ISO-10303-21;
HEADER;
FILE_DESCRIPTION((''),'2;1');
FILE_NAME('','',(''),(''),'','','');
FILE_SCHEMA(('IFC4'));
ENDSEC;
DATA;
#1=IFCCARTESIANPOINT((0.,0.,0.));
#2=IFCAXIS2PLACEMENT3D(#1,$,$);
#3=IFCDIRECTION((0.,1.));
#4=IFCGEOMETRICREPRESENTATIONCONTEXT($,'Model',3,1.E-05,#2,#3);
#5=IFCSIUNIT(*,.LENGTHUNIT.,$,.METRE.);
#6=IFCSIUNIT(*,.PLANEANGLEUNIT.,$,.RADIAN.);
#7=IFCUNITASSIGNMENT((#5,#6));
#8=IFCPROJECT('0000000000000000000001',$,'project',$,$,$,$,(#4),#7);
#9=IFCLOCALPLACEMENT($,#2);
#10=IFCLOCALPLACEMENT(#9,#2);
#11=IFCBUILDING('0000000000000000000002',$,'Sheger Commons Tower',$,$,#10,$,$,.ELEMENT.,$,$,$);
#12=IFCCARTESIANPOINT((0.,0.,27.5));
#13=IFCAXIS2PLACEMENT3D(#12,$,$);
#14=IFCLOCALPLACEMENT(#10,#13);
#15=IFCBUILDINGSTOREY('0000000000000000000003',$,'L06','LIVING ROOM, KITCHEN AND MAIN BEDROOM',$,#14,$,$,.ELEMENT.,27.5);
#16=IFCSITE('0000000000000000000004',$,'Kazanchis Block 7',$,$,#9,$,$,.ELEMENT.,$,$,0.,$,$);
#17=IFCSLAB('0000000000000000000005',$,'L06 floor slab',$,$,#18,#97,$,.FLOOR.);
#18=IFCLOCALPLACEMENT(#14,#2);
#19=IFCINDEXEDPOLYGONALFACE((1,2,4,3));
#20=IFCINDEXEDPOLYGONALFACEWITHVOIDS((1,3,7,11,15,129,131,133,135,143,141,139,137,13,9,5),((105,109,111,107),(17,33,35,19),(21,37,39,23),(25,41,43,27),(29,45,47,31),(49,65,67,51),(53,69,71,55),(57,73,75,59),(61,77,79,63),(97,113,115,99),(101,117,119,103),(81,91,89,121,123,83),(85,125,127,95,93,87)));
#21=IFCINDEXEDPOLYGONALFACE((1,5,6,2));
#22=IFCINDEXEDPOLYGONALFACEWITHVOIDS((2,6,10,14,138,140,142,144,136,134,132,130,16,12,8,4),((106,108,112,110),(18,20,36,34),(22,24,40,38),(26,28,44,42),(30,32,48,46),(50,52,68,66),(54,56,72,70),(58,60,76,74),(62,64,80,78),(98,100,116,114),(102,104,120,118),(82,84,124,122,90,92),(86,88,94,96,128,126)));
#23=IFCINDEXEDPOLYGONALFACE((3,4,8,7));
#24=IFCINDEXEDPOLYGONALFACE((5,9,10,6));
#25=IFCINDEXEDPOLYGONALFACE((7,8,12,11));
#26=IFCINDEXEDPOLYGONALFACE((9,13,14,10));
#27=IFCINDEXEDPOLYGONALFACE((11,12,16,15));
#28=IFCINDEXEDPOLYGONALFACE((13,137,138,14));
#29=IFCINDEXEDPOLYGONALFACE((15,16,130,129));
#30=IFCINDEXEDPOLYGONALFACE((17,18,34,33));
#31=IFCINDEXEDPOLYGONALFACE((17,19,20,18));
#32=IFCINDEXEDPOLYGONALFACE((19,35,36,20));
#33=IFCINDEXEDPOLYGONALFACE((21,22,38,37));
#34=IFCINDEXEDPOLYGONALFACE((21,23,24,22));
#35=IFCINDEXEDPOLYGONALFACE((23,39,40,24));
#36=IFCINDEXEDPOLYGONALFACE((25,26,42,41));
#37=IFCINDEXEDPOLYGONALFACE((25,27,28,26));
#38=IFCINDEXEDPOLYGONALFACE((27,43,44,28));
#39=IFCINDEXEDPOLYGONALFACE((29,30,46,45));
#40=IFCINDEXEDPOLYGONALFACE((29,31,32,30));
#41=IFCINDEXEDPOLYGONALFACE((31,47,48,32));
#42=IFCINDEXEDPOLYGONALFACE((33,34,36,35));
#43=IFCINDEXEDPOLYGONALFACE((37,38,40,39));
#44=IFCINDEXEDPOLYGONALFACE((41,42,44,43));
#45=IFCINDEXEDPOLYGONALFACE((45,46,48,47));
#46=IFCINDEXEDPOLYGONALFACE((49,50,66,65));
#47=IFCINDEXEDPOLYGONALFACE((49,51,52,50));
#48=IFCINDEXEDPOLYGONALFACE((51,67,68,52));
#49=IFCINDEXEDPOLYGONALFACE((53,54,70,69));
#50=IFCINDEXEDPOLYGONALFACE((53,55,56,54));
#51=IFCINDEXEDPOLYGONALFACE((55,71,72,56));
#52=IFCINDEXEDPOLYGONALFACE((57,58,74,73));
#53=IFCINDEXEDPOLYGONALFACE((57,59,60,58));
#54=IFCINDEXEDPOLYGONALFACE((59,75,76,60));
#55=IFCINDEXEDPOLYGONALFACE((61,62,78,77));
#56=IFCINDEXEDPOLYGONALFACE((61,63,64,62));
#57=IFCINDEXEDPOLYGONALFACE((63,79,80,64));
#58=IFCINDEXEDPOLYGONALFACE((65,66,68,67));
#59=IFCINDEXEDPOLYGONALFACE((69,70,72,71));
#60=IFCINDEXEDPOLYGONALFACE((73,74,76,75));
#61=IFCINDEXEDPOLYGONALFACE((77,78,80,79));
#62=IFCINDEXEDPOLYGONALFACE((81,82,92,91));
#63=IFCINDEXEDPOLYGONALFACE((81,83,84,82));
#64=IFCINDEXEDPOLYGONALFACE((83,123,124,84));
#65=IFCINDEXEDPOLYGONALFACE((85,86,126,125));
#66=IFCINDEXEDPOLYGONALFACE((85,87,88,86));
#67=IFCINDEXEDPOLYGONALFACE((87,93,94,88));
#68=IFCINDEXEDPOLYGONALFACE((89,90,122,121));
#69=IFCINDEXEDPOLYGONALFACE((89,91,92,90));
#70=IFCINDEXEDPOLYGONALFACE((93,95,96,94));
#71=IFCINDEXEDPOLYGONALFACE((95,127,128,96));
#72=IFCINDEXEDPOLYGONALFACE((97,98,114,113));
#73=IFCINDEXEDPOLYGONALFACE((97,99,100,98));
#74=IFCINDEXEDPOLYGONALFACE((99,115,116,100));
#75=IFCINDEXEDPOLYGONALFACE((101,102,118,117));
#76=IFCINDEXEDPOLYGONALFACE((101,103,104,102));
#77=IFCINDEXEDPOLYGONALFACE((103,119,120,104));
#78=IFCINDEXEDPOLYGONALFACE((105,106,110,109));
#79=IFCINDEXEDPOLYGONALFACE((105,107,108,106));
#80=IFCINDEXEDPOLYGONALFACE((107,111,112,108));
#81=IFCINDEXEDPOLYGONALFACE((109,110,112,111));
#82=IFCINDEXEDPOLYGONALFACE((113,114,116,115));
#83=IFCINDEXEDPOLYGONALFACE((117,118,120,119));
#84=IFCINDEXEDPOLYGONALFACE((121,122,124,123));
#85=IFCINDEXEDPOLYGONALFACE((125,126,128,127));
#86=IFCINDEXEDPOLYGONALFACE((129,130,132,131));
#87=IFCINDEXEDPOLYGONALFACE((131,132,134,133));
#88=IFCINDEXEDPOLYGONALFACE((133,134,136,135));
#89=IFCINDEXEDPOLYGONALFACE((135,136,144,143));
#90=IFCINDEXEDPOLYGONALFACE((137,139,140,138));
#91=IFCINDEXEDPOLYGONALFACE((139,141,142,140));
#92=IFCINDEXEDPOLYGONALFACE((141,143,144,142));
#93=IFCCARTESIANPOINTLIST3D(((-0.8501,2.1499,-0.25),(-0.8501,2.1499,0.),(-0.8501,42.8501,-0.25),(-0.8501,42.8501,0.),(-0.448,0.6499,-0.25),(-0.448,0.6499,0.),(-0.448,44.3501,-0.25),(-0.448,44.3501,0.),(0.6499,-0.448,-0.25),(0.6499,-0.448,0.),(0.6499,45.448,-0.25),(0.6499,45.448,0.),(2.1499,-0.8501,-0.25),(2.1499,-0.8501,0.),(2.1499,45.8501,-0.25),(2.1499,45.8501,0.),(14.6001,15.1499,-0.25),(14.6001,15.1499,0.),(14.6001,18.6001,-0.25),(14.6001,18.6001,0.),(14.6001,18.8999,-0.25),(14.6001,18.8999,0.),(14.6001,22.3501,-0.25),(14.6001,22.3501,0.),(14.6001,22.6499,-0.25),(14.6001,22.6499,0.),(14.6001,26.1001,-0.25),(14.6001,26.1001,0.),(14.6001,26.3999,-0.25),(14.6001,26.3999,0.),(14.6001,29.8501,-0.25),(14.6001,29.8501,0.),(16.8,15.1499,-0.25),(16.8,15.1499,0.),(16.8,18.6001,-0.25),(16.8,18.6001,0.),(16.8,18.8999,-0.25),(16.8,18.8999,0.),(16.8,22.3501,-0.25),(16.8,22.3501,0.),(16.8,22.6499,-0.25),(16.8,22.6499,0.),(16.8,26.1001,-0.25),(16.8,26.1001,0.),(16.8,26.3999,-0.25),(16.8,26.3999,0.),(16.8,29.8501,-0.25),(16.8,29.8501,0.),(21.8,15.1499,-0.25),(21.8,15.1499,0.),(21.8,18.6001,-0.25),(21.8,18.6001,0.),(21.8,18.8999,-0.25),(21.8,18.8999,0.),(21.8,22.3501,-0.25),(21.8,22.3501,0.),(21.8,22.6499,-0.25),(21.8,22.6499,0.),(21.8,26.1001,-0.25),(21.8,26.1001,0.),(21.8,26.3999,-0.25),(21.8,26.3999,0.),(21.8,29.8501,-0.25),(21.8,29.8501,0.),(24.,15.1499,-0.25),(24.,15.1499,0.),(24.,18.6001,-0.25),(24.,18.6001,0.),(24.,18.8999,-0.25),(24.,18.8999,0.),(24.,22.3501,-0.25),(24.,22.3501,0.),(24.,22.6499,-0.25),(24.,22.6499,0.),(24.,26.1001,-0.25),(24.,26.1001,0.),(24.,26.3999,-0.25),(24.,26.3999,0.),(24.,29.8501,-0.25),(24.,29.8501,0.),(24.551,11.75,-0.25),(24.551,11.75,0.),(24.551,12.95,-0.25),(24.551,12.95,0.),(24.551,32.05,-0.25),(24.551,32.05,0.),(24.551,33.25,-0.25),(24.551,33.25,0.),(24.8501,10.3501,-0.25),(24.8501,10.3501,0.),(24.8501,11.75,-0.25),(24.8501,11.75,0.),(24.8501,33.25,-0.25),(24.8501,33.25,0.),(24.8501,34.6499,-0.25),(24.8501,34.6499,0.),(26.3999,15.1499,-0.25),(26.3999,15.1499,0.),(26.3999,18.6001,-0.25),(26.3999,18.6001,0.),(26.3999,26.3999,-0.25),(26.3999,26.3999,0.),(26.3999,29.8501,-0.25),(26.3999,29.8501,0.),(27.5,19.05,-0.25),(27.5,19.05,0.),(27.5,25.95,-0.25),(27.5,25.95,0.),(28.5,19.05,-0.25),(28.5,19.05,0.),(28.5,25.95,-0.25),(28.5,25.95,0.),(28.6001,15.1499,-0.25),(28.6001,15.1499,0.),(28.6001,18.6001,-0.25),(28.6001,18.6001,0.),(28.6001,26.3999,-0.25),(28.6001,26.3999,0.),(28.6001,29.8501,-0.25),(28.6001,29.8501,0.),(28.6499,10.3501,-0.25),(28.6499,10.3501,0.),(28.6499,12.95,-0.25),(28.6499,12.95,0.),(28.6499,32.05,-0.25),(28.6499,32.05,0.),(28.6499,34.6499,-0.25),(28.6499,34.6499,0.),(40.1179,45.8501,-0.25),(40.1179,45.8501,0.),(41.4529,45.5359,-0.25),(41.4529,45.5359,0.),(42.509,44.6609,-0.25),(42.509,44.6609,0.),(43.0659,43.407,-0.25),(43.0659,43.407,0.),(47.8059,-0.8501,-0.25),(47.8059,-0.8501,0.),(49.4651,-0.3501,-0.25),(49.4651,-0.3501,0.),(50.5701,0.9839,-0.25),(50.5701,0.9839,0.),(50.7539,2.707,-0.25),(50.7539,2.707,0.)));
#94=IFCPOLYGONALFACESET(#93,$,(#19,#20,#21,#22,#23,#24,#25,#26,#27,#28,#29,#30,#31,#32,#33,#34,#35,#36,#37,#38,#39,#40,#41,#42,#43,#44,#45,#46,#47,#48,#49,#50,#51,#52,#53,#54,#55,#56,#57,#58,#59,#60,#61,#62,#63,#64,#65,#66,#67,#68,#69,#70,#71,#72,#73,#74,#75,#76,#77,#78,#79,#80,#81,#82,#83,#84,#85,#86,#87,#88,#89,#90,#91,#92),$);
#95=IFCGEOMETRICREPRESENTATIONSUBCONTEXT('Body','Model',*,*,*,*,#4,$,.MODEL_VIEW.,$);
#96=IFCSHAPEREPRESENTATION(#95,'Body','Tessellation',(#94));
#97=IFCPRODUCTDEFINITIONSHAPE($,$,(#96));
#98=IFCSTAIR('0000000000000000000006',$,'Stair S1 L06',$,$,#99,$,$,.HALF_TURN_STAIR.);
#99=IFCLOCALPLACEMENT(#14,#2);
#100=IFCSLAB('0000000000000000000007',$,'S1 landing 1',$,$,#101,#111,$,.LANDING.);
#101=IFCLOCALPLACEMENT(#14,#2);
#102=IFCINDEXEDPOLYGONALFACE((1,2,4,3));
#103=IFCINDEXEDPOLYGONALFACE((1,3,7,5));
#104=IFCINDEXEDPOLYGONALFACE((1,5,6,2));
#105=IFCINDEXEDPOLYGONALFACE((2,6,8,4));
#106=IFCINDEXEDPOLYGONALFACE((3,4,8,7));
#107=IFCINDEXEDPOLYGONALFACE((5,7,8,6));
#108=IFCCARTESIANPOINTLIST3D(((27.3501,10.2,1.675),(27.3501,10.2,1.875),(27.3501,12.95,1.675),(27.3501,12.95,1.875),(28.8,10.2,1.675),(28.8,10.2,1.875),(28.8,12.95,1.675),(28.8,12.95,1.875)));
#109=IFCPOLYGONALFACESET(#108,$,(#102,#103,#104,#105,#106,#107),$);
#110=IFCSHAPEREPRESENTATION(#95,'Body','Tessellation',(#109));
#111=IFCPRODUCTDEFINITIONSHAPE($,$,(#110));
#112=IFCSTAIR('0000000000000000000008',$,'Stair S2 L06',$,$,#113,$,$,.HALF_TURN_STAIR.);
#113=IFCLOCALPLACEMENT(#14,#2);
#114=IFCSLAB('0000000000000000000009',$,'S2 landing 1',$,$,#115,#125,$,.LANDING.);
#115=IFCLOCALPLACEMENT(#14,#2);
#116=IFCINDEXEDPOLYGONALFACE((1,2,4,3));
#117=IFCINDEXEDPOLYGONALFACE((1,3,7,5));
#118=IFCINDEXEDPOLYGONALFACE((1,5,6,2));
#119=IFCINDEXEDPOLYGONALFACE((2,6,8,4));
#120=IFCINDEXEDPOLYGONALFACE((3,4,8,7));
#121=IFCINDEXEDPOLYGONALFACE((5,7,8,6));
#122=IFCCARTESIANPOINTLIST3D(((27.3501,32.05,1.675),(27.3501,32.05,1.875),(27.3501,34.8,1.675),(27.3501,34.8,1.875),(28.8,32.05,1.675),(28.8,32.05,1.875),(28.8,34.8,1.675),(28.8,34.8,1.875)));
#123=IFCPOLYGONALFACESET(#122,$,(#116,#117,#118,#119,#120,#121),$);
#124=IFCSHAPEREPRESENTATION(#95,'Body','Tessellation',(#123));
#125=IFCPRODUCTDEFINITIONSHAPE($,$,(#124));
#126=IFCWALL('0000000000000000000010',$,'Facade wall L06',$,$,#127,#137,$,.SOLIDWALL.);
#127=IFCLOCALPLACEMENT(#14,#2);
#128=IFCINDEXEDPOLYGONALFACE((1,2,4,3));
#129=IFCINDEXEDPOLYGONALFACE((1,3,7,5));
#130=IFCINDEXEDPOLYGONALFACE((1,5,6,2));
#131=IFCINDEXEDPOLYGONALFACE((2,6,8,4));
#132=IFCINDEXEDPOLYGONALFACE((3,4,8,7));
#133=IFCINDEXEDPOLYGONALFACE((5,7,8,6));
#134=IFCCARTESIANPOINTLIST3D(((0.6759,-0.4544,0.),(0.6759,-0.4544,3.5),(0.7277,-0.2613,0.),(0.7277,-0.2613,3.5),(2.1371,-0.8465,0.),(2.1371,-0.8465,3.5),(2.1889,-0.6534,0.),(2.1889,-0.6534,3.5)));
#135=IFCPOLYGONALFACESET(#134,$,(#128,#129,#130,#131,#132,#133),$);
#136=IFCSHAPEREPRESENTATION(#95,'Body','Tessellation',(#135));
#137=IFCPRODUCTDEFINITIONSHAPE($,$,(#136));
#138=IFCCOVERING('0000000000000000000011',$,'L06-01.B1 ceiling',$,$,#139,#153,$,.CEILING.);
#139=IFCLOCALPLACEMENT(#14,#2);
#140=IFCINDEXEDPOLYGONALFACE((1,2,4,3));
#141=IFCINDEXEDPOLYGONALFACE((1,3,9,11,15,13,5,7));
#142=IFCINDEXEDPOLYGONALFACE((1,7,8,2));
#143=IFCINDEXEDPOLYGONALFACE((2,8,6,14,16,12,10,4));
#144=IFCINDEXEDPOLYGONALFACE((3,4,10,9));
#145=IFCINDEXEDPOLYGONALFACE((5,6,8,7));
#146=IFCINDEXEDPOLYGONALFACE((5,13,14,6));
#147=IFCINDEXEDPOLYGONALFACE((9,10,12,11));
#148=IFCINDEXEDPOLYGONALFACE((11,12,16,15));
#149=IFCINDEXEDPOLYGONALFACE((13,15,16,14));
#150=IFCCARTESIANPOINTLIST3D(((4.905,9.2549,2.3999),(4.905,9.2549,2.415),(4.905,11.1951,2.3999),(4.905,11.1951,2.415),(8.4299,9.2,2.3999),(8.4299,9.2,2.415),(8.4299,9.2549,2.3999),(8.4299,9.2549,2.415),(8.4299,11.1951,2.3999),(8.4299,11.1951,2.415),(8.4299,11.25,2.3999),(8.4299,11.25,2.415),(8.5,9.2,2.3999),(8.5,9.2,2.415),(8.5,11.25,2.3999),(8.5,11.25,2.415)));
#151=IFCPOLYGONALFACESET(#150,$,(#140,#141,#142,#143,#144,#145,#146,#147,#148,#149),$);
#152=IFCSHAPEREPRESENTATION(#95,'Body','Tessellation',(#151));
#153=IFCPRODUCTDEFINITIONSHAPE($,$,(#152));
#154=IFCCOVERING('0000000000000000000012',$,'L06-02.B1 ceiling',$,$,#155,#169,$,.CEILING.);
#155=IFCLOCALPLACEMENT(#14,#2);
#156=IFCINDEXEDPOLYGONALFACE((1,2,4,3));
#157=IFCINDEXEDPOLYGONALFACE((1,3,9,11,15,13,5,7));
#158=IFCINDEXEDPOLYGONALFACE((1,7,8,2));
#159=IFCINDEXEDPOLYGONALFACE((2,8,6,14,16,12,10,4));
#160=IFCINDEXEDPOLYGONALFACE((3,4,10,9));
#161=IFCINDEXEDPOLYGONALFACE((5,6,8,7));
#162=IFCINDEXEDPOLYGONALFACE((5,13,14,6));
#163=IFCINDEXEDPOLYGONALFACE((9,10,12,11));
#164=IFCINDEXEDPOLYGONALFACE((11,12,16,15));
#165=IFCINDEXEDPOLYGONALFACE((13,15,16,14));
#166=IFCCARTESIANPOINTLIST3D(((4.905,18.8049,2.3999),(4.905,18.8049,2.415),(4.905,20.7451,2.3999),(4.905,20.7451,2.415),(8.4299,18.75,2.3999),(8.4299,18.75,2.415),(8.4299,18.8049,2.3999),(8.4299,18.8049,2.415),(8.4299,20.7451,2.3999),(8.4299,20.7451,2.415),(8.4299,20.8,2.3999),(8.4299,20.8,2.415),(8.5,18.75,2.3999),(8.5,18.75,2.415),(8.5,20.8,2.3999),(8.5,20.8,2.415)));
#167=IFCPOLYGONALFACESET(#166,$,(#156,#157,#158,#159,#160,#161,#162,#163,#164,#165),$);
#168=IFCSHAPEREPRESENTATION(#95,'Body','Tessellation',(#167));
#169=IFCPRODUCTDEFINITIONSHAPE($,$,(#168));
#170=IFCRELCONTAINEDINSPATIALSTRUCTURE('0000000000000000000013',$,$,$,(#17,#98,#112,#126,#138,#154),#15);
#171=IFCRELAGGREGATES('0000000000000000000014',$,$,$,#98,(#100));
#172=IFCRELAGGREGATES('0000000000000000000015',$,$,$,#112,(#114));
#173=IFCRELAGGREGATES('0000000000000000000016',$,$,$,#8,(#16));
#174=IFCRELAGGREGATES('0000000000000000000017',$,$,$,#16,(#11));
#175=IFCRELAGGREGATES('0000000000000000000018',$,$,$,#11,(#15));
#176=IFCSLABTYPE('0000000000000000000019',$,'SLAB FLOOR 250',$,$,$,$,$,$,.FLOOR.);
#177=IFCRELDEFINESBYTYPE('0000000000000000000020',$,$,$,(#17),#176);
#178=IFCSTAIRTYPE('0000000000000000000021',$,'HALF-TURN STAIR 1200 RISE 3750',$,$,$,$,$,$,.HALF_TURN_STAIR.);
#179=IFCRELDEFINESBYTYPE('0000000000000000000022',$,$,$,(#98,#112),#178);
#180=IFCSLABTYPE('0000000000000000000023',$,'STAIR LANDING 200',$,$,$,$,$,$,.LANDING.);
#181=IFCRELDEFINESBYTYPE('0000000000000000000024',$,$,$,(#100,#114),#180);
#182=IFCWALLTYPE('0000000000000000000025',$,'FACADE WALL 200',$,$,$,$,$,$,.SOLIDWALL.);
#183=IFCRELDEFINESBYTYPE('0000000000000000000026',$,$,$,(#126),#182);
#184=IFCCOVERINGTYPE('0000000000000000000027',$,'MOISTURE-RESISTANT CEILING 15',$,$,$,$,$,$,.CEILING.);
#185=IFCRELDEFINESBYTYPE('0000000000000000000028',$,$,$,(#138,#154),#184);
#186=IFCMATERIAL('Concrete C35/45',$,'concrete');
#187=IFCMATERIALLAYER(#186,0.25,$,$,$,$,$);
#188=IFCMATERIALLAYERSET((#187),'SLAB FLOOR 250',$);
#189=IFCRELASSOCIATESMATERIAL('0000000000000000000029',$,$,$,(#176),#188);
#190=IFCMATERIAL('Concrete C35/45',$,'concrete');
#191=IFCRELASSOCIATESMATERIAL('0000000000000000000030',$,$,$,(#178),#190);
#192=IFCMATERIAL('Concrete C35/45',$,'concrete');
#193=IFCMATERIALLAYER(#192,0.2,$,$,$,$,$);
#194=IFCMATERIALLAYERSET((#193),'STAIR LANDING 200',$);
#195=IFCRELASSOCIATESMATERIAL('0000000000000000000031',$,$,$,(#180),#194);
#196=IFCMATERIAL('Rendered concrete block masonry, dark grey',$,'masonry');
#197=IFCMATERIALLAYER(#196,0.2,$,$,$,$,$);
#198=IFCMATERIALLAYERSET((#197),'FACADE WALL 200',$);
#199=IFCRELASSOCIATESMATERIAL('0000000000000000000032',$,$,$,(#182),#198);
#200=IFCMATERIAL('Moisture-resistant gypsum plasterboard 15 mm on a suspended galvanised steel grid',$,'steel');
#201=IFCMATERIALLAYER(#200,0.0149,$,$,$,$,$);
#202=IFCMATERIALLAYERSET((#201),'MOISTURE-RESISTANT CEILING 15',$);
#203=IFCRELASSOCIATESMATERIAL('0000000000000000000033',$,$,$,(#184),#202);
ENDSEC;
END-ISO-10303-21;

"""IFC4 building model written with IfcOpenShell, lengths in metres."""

from ifc_helpers import new_model, si_unit, direction, frame, frame_2d, origin, place, context, subcontext, project, spatial, polyline, rectangle, outline, extrude, material, layer, layer_set, type_object, element, aggregate, save


model = new_model("IFC4")

# Units and contexts
model_context = context("Model", 3, precision=1e-05, world=origin(), true_north=direction((0.0, 1.0)))
body_context = subcontext(model_context, "Body", "Model", "MODEL_VIEW")
ifc_project = project(units=[si_unit("LENGTHUNIT", "METRE"), si_unit("PLANEANGLEUNIT", "RADIAN")], contexts=[model_context])

# Site, building, storey
site_placement = place(None, origin())
site = spatial("IfcSite", under=ifc_project, at=site_placement, Name="Kazanchis Block 7", CompositionType="ELEMENT", RefElevation=0.0)
building_placement = place(site_placement, origin())
building = spatial("IfcBuilding", under=site, at=building_placement, Name="Sheger Commons Tower", CompositionType="ELEMENT")
storey_placement = place(building_placement, frame((0.0, 0.0, 27.5)))
storey = spatial("IfcBuildingStorey", under=building, at=storey_placement, Name="L06", Description="LIVING ROOM, KITCHEN AND MAIN BEDROOM", CompositionType="ELEMENT", Elevation=27.5)

# Slab
ifc_material_1 = material(Name="Concrete C35/45", Category="concrete")
ifc_layer_1 = layer(ifc_material_1, 0.25)
ifc_layer_set_1 = layer_set([ifc_layer_1], Name="SLAB FLOOR 250")
slab_type_1 = type_object("IfcSlabType", Name="SLAB FLOOR 250", PredefinedType="FLOOR", material=ifc_layer_set_1)
slab_1_placement = place(storey_placement, frame((0.0, 0.0, -0.25)))
element("IfcSlab", 1, at=slab_1_placement, inside=storey, type_object=slab_type_1, Name="L06 floor slab", PredefinedType="FLOOR", context=body_context, shape_type="SweptSolid", body=[
    extrude(outline(polyline([(-0.8501, 2.1499), (-0.448, 0.6499), (0.6499, -0.448), (2.1499, -0.8501), (47.8059, -0.8501), (49.4651, -0.3501), (50.5701, 0.9839), (50.7539, 2.707), (43.0659, 43.407), (42.509, 44.6609), (41.4529, 45.5359), (40.1179, 45.8501), (2.1499, 45.8501), (0.6499, 45.448), (-0.448, 44.3501), (-0.8501, 42.8501), (-0.8501, 2.1499)]), holes=[polyline([(24.8501, 10.3501), (28.6499, 10.3501), (28.6499, 12.95), (24.551, 12.95), (24.551, 11.75), (24.8501, 11.75), (24.8501, 10.3501)]), polyline([(24.551, 32.05), (28.6499, 32.05), (28.6499, 34.6499), (24.8501, 34.6499), (24.8501, 33.25), (24.551, 33.25), (24.551, 32.05)]), polyline([(26.3999, 15.1499), (28.6001, 15.1499), (28.6001, 18.6001), (26.3999, 18.6001), (26.3999, 15.1499)]), polyline([(26.3999, 26.3999), (28.6001, 26.3999), (28.6001, 29.8501), (26.3999, 29.8501), (26.3999, 26.3999)]), polyline([(14.6001, 15.1499), (16.8, 15.1499), (16.8, 18.6001), (14.6001, 18.6001), (14.6001, 15.1499)]), polyline([(14.6001, 18.8999), (16.8, 18.8999), (16.8, 22.3501), (14.6001, 22.3501), (14.6001, 18.8999)]), polyline([(14.6001, 22.6499), (16.8, 22.6499), (16.8, 26.1001), (14.6001, 26.1001), (14.6001, 22.6499)]), polyline([(14.6001, 26.3999), (16.8, 26.3999), (16.8, 29.8501), (14.6001, 29.8501), (14.6001, 26.3999)]), polyline([(21.8, 15.1499), (24.0, 15.1499), (24.0, 18.6001), (21.8, 18.6001), (21.8, 15.1499)]), polyline([(21.8, 18.8999), (24.0, 18.8999), (24.0, 22.3501), (21.8, 22.3501), (21.8, 18.8999)]), polyline([(21.8, 22.6499), (24.0, 22.6499), (24.0, 26.1001), (21.8, 26.1001), (21.8, 22.6499)]), polyline([(21.8, 26.3999), (24.0, 26.3999), (24.0, 29.8501), (21.8, 29.8501), (21.8, 26.3999)]), polyline([(27.5, 19.05), (28.5, 19.05), (28.5, 25.95), (27.5, 25.95), (27.5, 19.05)])]), origin(), (0.0, 0.0, 1.0), 0.25),
])

# Stairs, slabs
ifc_material_2 = material(Name="Concrete C35/45", Category="concrete")
stair_type = type_object("IfcStairType", Name="HALF-TURN STAIR 1200 RISE 3750", PredefinedType="HALF_TURN_STAIR", material=ifc_material_2)
stair_1_placement = place(storey_placement, origin())
stair_1 = element("IfcStair", 2, at=stair_1_placement, inside=storey, type_object=stair_type, Name="Stair S1 L06", PredefinedType="HALF_TURN_STAIR")
ifc_material_3 = material(Name="Concrete C35/45", Category="concrete")
ifc_layer_2 = layer(ifc_material_3, 0.2)
ifc_layer_set_2 = layer_set([ifc_layer_2], Name="STAIR LANDING 200")
slab_type_2 = type_object("IfcSlabType", Name="STAIR LANDING 200", PredefinedType="LANDING", material=ifc_layer_set_2)
slab_2_placement = place(storey_placement, frame((0.0, 0.0, 1.675)))
slab_2 = element("IfcSlab", 3, at=slab_2_placement, type_object=slab_type_2, Name="S1 landing 1", PredefinedType="LANDING", context=body_context, shape_type="SweptSolid", body=[
    extrude(outline(polyline([(27.3501, 10.2), (28.8, 10.2), (28.8, 12.95), (27.3501, 12.95), (27.3501, 10.2)])), origin(), (0.0, 0.0, 1.0), 0.2),
])
aggregate(stair_1, [slab_2])
stair_2_placement = place(storey_placement, origin())
stair_2 = element("IfcStair", 4, at=stair_2_placement, inside=storey, type_object=stair_type, Name="Stair S2 L06", PredefinedType="HALF_TURN_STAIR")
slab_3_placement = place(storey_placement, frame((0.0, 0.0, 1.675)))
slab_3 = element("IfcSlab", 5, at=slab_3_placement, type_object=slab_type_2, Name="S2 landing 1", PredefinedType="LANDING", context=body_context, shape_type="SweptSolid", body=[
    extrude(outline(polyline([(27.3501, 32.05), (28.8, 32.05), (28.8, 34.8), (27.3501, 34.8), (27.3501, 32.05)])), origin(), (0.0, 0.0, 1.0), 0.2),
])
aggregate(stair_2, [slab_3])

# Wall
ifc_material_4 = material(Name="Rendered concrete block masonry, dark grey", Category="masonry")
ifc_layer_3 = layer(ifc_material_4, 0.2)
ifc_layer_set_3 = layer_set([ifc_layer_3], Name="FACADE WALL 200")
wall_type = type_object("IfcWallType", Name="FACADE WALL 200", PredefinedType="SOLIDWALL", material=ifc_layer_set_3)
wall_placement = place(storey_placement, frame((0.7019, -0.3579, 0.0), z_axis=(0.0, 0.0, 1.0), x_axis=(0.965832, -0.259169, 0.0)))
element("IfcWall", 6, at=wall_placement, inside=storey, type_object=wall_type, Name="Facade wall L06", PredefinedType="SOLIDWALL", context=body_context, shape_type="SweptSolid", body=[
    extrude(rectangle(XDim=1.5129, YDim=0.2, at=frame_2d((0.7563, 0.0))), origin(), (0.0, 0.0, 1.0), 3.5),
])

# Coverings
ifc_material_5 = material(Name="Moisture-resistant gypsum plasterboard 15 mm on a suspended galvanised steel grid", Category="steel")
ifc_layer_4 = layer(ifc_material_5, 0.0149)
ifc_layer_set_4 = layer_set([ifc_layer_4], Name="MOISTURE-RESISTANT CEILING 15")
covering_type_1 = type_object("IfcCoveringType", Name="MOISTURE-RESISTANT CEILING 15", PredefinedType="CEILING", material=ifc_layer_set_4)
covering_1_placement = place(storey_placement, frame((0.0, 0.0, 2.3999)))
element("IfcCovering", 7, at=covering_1_placement, inside=storey, type_object=covering_type_1, Name="L06-01.B1 ceiling", PredefinedType="CEILING", context=body_context, shape_type="SweptSolid", body=[
    extrude(outline(polyline([(8.4299, 9.2), (8.5, 9.2), (8.5, 11.25), (8.4299, 11.25), (8.4299, 11.1951), (4.905, 11.1951), (4.905, 9.2549), (8.4299, 9.2549), (8.4299, 9.2)])), origin(), (0.0, 0.0, 1.0), 0.0151),
])
covering_2_placement = place(storey_placement, frame((0.0, 0.0, 2.3999)))
element("IfcCovering", 8, at=covering_2_placement, inside=storey, type_object=covering_type_1, Name="L06-02.B1 ceiling", PredefinedType="CEILING", context=body_context, shape_type="SweptSolid", body=[
    extrude(outline(polyline([(8.4299, 18.75), (8.5, 18.75), (8.5, 20.8), (8.4299, 20.8), (8.4299, 20.7451), (4.905, 20.7451), (4.905, 18.8049), (8.4299, 18.8049), (8.4299, 18.75)])), origin(), (0.0, 0.0, 1.0), 0.0151),
])

save(model, "model.ifc")
